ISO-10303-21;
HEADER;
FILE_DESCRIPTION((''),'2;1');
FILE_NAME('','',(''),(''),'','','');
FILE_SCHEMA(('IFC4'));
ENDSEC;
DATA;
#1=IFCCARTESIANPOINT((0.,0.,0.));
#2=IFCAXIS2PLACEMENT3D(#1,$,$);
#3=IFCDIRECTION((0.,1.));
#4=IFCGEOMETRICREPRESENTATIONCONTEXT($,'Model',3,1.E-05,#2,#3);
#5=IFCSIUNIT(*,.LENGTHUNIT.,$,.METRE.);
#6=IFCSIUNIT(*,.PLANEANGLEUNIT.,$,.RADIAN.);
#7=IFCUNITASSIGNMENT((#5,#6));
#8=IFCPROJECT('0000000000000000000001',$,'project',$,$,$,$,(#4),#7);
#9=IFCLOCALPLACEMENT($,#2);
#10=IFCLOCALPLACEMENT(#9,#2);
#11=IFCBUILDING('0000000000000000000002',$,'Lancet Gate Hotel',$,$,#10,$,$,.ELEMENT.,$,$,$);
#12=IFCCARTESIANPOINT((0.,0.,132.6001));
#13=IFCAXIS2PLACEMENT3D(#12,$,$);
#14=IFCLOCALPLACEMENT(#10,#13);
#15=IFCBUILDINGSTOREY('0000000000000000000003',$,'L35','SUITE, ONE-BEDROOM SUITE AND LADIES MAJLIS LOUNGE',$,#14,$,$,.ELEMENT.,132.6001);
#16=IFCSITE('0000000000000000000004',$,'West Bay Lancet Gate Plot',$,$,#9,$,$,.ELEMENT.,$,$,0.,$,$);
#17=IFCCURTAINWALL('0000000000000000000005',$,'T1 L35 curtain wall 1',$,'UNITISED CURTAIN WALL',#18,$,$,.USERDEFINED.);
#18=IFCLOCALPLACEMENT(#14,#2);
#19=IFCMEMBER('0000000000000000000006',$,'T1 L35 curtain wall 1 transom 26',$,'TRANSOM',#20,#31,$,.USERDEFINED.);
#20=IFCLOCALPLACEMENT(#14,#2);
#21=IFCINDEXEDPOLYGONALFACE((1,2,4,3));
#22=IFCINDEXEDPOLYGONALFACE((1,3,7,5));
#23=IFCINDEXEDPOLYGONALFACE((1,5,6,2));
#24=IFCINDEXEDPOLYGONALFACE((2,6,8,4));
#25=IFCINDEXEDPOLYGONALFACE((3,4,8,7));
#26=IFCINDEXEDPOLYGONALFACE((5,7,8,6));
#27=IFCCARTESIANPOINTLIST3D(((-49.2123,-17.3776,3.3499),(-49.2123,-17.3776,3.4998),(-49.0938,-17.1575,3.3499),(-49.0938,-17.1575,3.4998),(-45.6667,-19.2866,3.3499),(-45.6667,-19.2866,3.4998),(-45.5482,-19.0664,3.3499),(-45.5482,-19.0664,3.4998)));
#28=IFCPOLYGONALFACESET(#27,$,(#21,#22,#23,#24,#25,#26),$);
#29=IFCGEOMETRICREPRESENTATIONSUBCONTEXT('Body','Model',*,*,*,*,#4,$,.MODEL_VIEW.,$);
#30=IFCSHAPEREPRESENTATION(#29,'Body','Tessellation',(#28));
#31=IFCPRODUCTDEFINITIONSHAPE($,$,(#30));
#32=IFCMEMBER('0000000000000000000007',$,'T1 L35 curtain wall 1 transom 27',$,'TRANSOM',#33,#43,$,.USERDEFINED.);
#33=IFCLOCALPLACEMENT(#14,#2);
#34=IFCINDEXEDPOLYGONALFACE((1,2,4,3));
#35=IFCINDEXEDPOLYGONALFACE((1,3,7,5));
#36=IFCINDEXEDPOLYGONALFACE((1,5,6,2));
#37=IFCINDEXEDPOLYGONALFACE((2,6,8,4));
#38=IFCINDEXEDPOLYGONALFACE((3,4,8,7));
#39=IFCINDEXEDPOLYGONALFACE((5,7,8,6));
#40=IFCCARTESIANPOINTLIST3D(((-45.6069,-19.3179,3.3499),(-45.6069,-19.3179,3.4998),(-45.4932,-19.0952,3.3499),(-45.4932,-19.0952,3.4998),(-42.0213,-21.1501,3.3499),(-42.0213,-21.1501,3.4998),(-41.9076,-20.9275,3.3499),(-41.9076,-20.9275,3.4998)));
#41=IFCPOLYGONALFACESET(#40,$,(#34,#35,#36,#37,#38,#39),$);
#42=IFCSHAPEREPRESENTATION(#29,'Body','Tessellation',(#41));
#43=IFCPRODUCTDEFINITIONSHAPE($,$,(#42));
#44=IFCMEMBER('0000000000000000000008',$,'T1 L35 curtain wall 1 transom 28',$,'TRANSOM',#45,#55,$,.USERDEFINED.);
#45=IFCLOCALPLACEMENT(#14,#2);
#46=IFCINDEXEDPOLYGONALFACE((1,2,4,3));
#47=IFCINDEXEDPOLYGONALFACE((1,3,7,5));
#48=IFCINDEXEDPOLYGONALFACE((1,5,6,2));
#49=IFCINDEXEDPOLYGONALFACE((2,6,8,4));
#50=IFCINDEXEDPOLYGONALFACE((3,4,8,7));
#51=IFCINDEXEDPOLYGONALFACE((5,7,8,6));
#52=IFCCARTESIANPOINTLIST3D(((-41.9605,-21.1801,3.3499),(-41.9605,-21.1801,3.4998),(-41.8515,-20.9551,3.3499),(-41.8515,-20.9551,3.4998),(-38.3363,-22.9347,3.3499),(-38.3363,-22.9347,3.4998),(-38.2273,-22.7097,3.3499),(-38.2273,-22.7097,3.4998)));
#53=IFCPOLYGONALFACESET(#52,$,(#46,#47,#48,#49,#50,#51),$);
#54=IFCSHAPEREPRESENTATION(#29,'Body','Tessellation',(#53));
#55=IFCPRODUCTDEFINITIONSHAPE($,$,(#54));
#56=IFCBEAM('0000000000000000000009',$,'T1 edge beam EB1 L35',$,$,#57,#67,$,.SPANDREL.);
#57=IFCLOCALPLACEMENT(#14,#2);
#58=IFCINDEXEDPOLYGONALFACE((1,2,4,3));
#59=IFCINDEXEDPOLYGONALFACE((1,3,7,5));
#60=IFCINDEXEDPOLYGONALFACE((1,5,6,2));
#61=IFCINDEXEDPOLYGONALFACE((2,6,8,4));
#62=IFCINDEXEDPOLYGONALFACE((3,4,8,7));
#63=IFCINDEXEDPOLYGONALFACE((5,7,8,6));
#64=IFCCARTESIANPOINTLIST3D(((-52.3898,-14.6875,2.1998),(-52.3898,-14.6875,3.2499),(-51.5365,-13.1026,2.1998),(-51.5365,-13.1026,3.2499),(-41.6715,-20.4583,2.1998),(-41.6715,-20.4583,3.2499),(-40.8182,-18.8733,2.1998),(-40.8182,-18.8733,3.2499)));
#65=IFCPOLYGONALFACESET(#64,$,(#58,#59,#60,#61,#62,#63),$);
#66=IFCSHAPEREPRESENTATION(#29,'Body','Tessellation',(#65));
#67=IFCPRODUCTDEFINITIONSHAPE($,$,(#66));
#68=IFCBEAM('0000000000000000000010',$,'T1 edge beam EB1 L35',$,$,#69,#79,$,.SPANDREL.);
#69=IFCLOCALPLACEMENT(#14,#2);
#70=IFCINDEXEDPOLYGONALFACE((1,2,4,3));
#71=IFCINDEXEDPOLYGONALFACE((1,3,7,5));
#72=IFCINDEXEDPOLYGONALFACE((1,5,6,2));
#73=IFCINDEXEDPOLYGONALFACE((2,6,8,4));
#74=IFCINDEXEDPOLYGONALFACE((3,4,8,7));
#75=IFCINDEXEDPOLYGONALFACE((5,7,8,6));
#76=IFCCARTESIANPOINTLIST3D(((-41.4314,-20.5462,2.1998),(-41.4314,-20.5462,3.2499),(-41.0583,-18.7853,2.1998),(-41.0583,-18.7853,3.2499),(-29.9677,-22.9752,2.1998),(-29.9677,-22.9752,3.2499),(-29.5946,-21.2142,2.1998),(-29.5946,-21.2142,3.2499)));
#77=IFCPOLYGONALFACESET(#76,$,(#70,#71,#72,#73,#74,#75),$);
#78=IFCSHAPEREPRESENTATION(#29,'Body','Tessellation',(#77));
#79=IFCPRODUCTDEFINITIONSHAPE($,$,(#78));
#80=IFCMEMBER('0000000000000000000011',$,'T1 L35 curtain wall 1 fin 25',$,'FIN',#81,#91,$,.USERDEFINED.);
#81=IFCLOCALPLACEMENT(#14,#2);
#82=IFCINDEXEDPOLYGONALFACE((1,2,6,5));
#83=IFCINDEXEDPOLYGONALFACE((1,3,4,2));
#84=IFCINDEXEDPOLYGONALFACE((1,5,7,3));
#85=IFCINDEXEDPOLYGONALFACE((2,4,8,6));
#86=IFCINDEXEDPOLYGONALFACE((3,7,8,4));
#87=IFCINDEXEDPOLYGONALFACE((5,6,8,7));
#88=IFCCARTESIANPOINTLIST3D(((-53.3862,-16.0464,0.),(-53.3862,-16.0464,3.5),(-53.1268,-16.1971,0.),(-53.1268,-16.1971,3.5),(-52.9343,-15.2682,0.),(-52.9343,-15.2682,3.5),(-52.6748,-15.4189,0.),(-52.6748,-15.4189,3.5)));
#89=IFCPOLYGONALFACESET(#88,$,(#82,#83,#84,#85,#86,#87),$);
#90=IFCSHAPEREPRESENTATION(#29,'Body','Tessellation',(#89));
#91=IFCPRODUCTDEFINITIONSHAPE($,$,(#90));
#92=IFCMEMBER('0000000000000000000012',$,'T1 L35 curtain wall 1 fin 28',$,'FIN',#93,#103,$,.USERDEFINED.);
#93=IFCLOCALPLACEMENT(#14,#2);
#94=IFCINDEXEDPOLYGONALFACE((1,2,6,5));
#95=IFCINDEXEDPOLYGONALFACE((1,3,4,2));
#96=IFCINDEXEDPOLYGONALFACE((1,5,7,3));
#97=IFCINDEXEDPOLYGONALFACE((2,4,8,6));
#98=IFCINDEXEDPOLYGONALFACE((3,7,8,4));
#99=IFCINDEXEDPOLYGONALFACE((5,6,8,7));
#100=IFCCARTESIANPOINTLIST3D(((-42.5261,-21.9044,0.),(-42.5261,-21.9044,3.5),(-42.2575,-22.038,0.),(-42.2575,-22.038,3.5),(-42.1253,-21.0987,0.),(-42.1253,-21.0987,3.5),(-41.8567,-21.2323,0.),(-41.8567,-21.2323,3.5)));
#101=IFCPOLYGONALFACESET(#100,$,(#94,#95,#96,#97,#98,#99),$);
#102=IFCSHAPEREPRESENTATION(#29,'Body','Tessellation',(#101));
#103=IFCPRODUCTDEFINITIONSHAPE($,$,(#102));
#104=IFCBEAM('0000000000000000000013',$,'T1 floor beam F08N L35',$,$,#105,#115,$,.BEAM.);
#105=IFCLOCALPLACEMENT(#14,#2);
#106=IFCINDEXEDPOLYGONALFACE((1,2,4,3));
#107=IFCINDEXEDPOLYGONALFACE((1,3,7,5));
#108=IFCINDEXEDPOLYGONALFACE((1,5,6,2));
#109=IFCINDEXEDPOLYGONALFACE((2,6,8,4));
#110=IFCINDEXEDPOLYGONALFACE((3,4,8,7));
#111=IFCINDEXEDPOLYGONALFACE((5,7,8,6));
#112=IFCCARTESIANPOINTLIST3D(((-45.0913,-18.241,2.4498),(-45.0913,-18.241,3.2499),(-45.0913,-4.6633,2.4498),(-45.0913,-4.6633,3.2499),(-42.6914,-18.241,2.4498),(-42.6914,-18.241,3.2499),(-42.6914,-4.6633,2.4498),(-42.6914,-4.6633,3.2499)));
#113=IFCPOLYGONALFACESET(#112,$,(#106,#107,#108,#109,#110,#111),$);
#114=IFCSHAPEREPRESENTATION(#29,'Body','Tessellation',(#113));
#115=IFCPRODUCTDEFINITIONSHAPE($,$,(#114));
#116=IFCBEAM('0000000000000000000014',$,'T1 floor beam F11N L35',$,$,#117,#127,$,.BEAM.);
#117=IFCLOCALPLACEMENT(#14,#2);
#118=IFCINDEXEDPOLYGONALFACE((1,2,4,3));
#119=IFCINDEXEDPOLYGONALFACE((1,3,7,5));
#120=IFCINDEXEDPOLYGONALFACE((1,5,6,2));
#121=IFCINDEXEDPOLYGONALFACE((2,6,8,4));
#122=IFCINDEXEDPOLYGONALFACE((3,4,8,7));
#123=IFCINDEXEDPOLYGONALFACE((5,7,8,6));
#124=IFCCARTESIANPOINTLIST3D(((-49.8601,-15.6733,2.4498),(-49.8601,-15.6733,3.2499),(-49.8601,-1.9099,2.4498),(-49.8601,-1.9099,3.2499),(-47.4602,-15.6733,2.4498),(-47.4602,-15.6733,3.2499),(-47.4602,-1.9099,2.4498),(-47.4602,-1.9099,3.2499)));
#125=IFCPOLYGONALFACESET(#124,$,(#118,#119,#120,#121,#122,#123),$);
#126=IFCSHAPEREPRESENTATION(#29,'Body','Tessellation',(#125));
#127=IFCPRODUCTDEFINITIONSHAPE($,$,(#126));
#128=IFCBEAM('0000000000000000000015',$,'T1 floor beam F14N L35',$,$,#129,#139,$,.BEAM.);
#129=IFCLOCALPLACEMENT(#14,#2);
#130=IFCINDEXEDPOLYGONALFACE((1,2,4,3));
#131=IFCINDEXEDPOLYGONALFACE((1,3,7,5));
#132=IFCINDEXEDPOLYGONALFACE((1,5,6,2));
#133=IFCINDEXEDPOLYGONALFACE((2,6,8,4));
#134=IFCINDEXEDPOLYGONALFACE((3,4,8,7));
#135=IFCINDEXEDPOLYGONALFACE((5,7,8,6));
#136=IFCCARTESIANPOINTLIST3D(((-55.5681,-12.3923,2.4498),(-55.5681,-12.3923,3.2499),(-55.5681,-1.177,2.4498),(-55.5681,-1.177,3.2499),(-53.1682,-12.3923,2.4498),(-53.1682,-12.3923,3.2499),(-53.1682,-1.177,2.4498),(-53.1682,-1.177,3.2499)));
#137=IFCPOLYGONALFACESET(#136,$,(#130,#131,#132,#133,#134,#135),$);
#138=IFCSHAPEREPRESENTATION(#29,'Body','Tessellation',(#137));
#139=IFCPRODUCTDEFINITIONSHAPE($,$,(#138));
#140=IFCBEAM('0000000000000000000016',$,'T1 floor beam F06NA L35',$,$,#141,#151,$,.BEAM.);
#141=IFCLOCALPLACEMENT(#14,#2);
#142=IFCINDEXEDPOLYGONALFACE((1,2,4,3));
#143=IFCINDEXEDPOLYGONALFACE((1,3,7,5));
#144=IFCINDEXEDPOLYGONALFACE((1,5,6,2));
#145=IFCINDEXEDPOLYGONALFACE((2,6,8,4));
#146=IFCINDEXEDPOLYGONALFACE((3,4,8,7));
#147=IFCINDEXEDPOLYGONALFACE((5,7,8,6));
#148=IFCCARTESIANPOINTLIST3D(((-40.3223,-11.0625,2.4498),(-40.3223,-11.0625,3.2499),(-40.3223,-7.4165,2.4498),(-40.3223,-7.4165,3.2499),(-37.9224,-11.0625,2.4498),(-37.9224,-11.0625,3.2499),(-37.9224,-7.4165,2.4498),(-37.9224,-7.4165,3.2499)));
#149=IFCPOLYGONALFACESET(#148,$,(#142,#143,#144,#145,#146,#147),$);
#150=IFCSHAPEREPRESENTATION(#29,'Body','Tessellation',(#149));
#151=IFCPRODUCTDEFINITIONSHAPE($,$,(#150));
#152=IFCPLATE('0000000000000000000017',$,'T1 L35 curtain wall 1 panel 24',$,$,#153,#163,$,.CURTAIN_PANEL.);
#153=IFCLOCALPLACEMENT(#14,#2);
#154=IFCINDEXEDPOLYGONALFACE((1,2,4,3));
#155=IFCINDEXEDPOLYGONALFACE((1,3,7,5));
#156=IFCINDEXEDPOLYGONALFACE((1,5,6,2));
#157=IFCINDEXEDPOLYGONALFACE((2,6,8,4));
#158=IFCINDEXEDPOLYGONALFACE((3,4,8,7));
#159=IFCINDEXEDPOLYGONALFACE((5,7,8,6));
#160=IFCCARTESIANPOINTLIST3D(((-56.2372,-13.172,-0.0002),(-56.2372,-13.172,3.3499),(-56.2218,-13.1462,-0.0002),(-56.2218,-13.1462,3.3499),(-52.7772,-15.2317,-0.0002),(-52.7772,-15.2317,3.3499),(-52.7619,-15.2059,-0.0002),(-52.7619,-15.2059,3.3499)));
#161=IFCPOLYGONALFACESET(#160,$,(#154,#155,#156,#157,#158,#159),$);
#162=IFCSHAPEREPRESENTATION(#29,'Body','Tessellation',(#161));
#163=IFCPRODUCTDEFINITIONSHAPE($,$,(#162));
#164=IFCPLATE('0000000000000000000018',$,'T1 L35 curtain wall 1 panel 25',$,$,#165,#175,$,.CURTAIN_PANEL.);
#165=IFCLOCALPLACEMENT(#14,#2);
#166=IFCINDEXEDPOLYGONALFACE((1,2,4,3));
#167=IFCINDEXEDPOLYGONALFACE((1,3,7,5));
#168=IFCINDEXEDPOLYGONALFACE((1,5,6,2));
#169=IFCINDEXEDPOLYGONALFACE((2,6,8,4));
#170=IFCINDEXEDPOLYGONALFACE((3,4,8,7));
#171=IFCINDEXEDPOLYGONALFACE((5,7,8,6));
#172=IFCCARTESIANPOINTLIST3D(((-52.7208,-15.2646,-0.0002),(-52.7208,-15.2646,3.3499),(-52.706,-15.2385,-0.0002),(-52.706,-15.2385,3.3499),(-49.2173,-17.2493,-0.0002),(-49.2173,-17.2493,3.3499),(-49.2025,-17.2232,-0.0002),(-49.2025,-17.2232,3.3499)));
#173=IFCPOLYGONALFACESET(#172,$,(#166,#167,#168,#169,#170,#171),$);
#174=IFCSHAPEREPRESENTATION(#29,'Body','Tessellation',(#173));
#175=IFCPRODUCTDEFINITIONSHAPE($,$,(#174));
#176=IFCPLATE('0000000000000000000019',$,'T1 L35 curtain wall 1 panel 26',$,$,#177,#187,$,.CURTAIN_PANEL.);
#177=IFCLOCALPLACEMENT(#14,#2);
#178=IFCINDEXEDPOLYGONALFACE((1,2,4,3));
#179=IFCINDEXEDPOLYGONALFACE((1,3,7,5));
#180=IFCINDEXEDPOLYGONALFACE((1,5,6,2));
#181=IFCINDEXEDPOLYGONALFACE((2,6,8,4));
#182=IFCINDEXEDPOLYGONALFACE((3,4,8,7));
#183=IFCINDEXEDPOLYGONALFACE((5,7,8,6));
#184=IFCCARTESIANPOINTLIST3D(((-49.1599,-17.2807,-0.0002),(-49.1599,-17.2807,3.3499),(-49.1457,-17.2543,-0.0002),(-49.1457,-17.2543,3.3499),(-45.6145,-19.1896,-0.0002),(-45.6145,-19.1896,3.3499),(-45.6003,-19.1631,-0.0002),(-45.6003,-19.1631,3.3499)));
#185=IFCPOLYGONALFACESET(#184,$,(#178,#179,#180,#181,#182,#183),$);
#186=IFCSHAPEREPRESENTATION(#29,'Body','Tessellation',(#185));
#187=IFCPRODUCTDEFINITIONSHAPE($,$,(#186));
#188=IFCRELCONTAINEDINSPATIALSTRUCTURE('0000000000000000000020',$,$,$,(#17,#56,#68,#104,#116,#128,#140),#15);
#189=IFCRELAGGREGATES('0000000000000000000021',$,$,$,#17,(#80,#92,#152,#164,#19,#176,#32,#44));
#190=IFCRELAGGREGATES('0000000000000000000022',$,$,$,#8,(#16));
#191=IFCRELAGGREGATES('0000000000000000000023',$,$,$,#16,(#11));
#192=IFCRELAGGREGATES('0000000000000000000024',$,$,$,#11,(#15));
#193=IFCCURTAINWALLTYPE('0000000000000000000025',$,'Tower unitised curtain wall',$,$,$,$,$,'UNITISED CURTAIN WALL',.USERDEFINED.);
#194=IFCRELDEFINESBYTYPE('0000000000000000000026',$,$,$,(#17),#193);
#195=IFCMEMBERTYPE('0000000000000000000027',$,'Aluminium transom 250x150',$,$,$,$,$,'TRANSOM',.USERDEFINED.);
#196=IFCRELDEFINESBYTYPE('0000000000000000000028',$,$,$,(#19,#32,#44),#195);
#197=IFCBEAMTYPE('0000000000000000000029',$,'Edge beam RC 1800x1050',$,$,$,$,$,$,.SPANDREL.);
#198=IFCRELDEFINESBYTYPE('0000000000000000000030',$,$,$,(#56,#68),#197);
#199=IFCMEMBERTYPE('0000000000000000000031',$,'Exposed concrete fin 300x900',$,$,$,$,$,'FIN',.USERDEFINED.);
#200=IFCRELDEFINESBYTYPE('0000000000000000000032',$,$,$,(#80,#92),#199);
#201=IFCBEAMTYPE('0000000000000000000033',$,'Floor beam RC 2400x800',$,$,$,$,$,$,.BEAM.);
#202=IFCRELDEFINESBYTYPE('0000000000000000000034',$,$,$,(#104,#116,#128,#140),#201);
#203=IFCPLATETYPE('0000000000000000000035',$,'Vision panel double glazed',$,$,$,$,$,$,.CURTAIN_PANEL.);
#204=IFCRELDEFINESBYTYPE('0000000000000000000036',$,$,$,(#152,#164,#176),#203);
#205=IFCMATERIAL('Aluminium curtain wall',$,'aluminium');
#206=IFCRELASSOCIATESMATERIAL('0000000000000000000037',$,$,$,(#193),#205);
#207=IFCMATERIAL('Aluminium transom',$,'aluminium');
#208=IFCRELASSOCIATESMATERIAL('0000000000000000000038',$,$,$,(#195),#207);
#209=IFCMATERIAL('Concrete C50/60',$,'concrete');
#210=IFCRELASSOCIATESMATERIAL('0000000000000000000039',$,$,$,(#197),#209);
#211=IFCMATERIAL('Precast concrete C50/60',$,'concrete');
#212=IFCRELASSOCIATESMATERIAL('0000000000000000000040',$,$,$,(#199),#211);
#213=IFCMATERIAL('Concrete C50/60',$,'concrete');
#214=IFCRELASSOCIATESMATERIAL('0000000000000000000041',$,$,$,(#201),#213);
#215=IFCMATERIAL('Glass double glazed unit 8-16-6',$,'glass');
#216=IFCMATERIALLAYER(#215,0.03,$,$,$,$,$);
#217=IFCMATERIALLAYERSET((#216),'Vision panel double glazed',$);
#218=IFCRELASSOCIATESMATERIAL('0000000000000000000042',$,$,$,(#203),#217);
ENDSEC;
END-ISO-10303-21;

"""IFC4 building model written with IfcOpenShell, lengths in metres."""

from ifc_helpers import new_model, si_unit, direction, frame, origin, origin_2d, place, context, subcontext, project, spatial, rectangle, extrude, material, layer, layer_set, material_profile, profile_set, type_object, element, aggregate, save


model = new_model("IFC4")

# Units and contexts
model_context = context("Model", 3, precision=1e-05, world=origin(), true_north=direction((0.0, 1.0)))
body_context = subcontext(model_context, "Body", "Model", "MODEL_VIEW")
ifc_project = project(units=[si_unit("LENGTHUNIT", "METRE"), si_unit("PLANEANGLEUNIT", "RADIAN")], contexts=[model_context])

# Site, building, storey
site_placement = place(None, origin())
site = spatial("IfcSite", under=ifc_project, at=site_placement, Name="West Bay Lancet Gate Plot", CompositionType="ELEMENT", RefElevation=0.0)
building_placement = place(site_placement, origin())
building = spatial("IfcBuilding", under=site, at=building_placement, Name="Lancet Gate Hotel", CompositionType="ELEMENT")
storey_placement = place(building_placement, frame((0.0, 0.0, 132.6001)))
storey = spatial("IfcBuildingStorey", under=building, at=storey_placement, Name="L35", Description="SUITE, ONE-BEDROOM SUITE AND LADIES MAJLIS LOUNGE", CompositionType="ELEMENT", Elevation=132.6001)

# Curtain wall, members
ifc_material_1 = material(Name="Aluminium curtain wall", Category="aluminium")
curtain_wall_type = type_object("IfcCurtainWallType", Name="Tower unitised curtain wall", ElementType="UNITISED CURTAIN WALL", PredefinedType="USERDEFINED", material=ifc_material_1)
curtain_wall_placement = place(storey_placement, origin())
curtain_wall = element("IfcCurtainWall", 1, at=curtain_wall_placement, inside=storey, type_object=curtain_wall_type, Name="T1 L35 curtain wall 1", ObjectType="UNITISED CURTAIN WALL", PredefinedType="USERDEFINED")
ifc_material_2 = material(Name="Aluminium transom", Category="aluminium")
ifc_material_profile_1 = material_profile(ifc_material_2, rectangle(XDim=0.25, YDim=0.1499, at=origin_2d()), Name="TRANSOM 250x150")
ifc_profile_set_1 = profile_set([ifc_material_profile_1], Name="Aluminium transom")
member_type_1 = type_object("IfcMemberType", Name="Aluminium transom 250x150", ElementType="TRANSOM", PredefinedType="USERDEFINED", material=ifc_profile_set_1)
member_1_placement = place(storey_placement, frame((-49.1531, -17.2676, 3.4248), z_axis=(0.880498, -0.474049, 0.0), x_axis=(0.474049, 0.880498, 0.0)))
member_1 = element("IfcMember", 2, at=member_1_placement, type_object=member_type_1, Name="T1 L35 curtain wall 1 transom 26", ObjectType="TRANSOM", PredefinedType="USERDEFINED", context=body_context, shape_type="SweptSolid", body=[
    extrude(rectangle(XDim=0.25, YDim=0.1499, at=origin_2d()), origin(), (0.0, 0.0, 1.0), 4.0269),
])
member_2_placement = place(storey_placement, frame((-45.55, -19.2065, 3.4248), z_axis=(0.890476, -0.45503, 0.0), x_axis=(0.45503, 0.890476, 0.0)))
member_2 = element("IfcMember", 3, at=member_2_placement, type_object=member_type_1, Name="T1 L35 curtain wall 1 transom 27", ObjectType="TRANSOM", PredefinedType="USERDEFINED", context=body_context, shape_type="SweptSolid", body=[
    extrude(rectangle(XDim=0.25, YDim=0.1499, at=origin_2d()), origin(), (0.0, 0.0, 1.0), 4.0266),
])
member_3_placement = place(storey_placement, frame((-41.906, -21.0676, 3.4248), z_axis=(0.900066, -0.435754, 0.0), x_axis=(0.435754, 0.900066, 0.0)))
member_3 = element("IfcMember", 4, at=member_3_placement, type_object=member_type_1, Name="T1 L35 curtain wall 1 transom 28", ObjectType="TRANSOM", PredefinedType="USERDEFINED", context=body_context, shape_type="SweptSolid", body=[
    extrude(rectangle(XDim=0.25, YDim=0.1499, at=origin_2d()), origin(), (0.0, 0.0, 1.0), 4.0266),
])

# Beams
ifc_material_3 = material(Name="Concrete C50/60", Category="concrete")
ifc_material_profile_2 = material_profile(ifc_material_3, rectangle(XDim=1.8, YDim=1.05, at=origin_2d()), Name="RC 1800x1050")
ifc_profile_set_2 = profile_set([ifc_material_profile_2], Name="Concrete C50/60")
beam_type_1 = type_object("IfcBeamType", Name="Edge beam RC 1800x1050", PredefinedType="SPANDREL", material=ifc_profile_set_2)
beam_1_placement = place(storey_placement, frame((-51.9631, -13.895, 2.7249), z_axis=(0.880492, -0.47406, 0.0), x_axis=(0.47406, 0.880492, 0.0)))
element("IfcBeam", 5, at=beam_1_placement, inside=storey, type_object=beam_type_1, Name="T1 edge beam EB1 L35", PredefinedType="SPANDREL", context=body_context, shape_type="SweptSolid", body=[
    extrude(rectangle(XDim=1.8, YDim=1.05, at=origin_2d()), origin(), (0.0, 0.0, 1.0), 12.1731),
])
beam_2_placement = place(storey_placement, frame((-41.2449, -19.6658, 2.7249), z_axis=(0.978282, -0.207278, 0.0), x_axis=(0.207278, 0.978282, 0.0)))
element("IfcBeam", 6, at=beam_2_placement, inside=storey, type_object=beam_type_1, Name="T1 edge beam EB1 L35", PredefinedType="SPANDREL", context=body_context, shape_type="SweptSolid", body=[
    extrude(rectangle(XDim=1.8, YDim=1.05, at=origin_2d()), origin(), (0.0, 0.0, 1.0), 11.7183),
])

# Members
ifc_material_4 = material(Name="Precast concrete C50/60", Category="concrete")
ifc_material_profile_3 = material_profile(ifc_material_4, rectangle(XDim=0.3, YDim=0.8999, at=origin_2d()), Name="FIN 300x900")
ifc_profile_set_3 = profile_set([ifc_material_profile_3], Name="Precast concrete C50/60")
member_type_2 = type_object("IfcMemberType", Name="Exposed concrete fin 300x900", ElementType="FIN", PredefinedType="USERDEFINED", material=ifc_profile_set_3)
member_4_placement = place(storey_placement, frame((-53.0305, -15.7327, 0.0), z_axis=(0.0, 0.0, 1.0), x_axis=(0.864728, -0.502241, 0.0)))
member_4 = element("IfcMember", 7, at=member_4_placement, type_object=member_type_2, Name="T1 L35 curtain wall 1 fin 25", ObjectType="FIN", PredefinedType="USERDEFINED", context=body_context, shape_type="SweptSolid", body=[
    extrude(rectangle(XDim=0.3, YDim=0.8999, at=origin_2d()), origin(), (0.0, 0.0, 1.0), 3.5),
])
member_5_placement = place(storey_placement, frame((-42.1914, -21.5684, 0.0), z_axis=(0.0, 0.0, 1.0), x_axis=(0.895339, -0.445384, 0.0)))
member_5 = element("IfcMember", 8, at=member_5_placement, type_object=member_type_2, Name="T1 L35 curtain wall 1 fin 28", ObjectType="FIN", PredefinedType="USERDEFINED", context=body_context, shape_type="SweptSolid", body=[
    extrude(rectangle(XDim=0.3, YDim=0.8999, at=origin_2d()), origin(), (0.0, 0.0, 1.0), 3.5),
])

# Beams
ifc_material_5 = material(Name="Concrete C50/60", Category="concrete")
ifc_material_profile_4 = material_profile(ifc_material_5, rectangle(XDim=2.3999, YDim=0.8, at=origin_2d()), Name="RC 2400x800")
ifc_profile_set_4 = profile_set([ifc_material_profile_4], Name="Concrete C50/60")
beam_type_2 = type_object("IfcBeamType", Name="Floor beam RC 2400x800", PredefinedType="BEAM", material=ifc_profile_set_4)
beam_3_placement = place(storey_placement, frame((-43.8914, -4.6633, 2.8499), z_axis=(0.0, -1.0, 0.0), x_axis=(1.0, 0.0, 0.0)))
element("IfcBeam", 9, at=beam_3_placement, inside=storey, type_object=beam_type_2, Name="T1 floor beam F08N L35", PredefinedType="BEAM", context=body_context, shape_type="SweptSolid", body=[
    extrude(rectangle(XDim=2.3999, YDim=0.8, at=origin_2d()), origin(), (0.0, 0.0, 1.0), 13.5776),
])
beam_4_placement = place(storey_placement, frame((-48.6602, -1.9099, 2.8499), z_axis=(0.0, -1.0, 0.0), x_axis=(1.0, 0.0, 0.0)))
element("IfcBeam", 10, at=beam_4_placement, inside=storey, type_object=beam_type_2, Name="T1 floor beam F11N L35", PredefinedType="BEAM", context=body_context, shape_type="SweptSolid", body=[
    extrude(rectangle(XDim=2.3999, YDim=0.8, at=origin_2d()), origin(), (0.0, 0.0, 1.0), 13.7634),
])
beam_5_placement = place(storey_placement, frame((-54.3682, -1.177, 2.8499), z_axis=(0.0, -1.0, 0.0), x_axis=(1.0, 0.0, 0.0)))
element("IfcBeam", 11, at=beam_5_placement, inside=storey, type_object=beam_type_2, Name="T1 floor beam F14N L35", PredefinedType="BEAM", context=body_context, shape_type="SweptSolid", body=[
    extrude(rectangle(XDim=2.3999, YDim=0.8, at=origin_2d()), origin(), (0.0, 0.0, 1.0), 11.2153),
])
beam_6_placement = place(storey_placement, frame((-39.1223, -7.4165, 2.8499), z_axis=(0.0, -1.0, 0.0), x_axis=(1.0, 0.0, 0.0)))
element("IfcBeam", 12, at=beam_6_placement, inside=storey, type_object=beam_type_2, Name="T1 floor beam F06NA L35", PredefinedType="BEAM", context=body_context, shape_type="SweptSolid", body=[
    extrude(rectangle(XDim=2.3999, YDim=0.8, at=origin_2d()), origin(), (0.0, 0.0, 1.0), 3.646),
])

# Plates
ifc_material_6 = material(Name="Glass double glazed unit 8-16-6", Category="glass")
ifc_layer_1 = layer(ifc_material_6, 0.03)
ifc_layer_set_1 = layer_set([ifc_layer_1], Name="Vision panel double glazed")
plate_type = type_object("IfcPlateType", Name="Vision panel double glazed", PredefinedType="CURTAIN_PANEL", material=ifc_layer_set_1)
plate_1_placement = place(storey_placement, frame((-54.4995, -14.189, -0.0002), z_axis=(0.0, 0.0, 1.0), x_axis=(0.859271, -0.51152, 0.0)))
plate_1 = element("IfcPlate", 13, at=plate_1_placement, type_object=plate_type, Name="T1 L35 curtain wall 1 panel 24", PredefinedType="CURTAIN_PANEL", context=body_context, shape_type="SweptSolid", body=[
    extrude(rectangle(XDim=4.0266, YDim=0.03, at=origin_2d()), origin(), (0.0, 0.0, 1.0), 3.3501),
])
plate_2_placement = place(storey_placement, frame((-50.9617, -16.2439, -0.0002), z_axis=(0.0, 0.0, 1.0), x_axis=(0.870084, -0.492904, 0.0)))
plate_2 = element("IfcPlate", 14, at=plate_2_placement, type_object=plate_type, Name="T1 L35 curtain wall 1 panel 25", PredefinedType="CURTAIN_PANEL", context=body_context, shape_type="SweptSolid", body=[
    extrude(rectangle(XDim=4.0266, YDim=0.03, at=origin_2d()), origin(), (0.0, 0.0, 1.0), 3.3501),
])
plate_3_placement = place(storey_placement, frame((-47.3801, -18.2219, -0.0002), z_axis=(0.0, 0.0, 1.0), x_axis=(0.880493, -0.47406, 0.0)))
plate_3 = element("IfcPlate", 15, at=plate_3_placement, type_object=plate_type, Name="T1 L35 curtain wall 1 panel 26", PredefinedType="CURTAIN_PANEL", context=body_context, shape_type="SweptSolid", body=[
    extrude(rectangle(XDim=4.0266, YDim=0.03, at=origin_2d()), origin(), (0.0, 0.0, 1.0), 3.3501),
])
aggregate(curtain_wall, [member_4, member_5, plate_1, plate_2, member_1, plate_3, member_2, member_3])

save(model, "model.ifc")
